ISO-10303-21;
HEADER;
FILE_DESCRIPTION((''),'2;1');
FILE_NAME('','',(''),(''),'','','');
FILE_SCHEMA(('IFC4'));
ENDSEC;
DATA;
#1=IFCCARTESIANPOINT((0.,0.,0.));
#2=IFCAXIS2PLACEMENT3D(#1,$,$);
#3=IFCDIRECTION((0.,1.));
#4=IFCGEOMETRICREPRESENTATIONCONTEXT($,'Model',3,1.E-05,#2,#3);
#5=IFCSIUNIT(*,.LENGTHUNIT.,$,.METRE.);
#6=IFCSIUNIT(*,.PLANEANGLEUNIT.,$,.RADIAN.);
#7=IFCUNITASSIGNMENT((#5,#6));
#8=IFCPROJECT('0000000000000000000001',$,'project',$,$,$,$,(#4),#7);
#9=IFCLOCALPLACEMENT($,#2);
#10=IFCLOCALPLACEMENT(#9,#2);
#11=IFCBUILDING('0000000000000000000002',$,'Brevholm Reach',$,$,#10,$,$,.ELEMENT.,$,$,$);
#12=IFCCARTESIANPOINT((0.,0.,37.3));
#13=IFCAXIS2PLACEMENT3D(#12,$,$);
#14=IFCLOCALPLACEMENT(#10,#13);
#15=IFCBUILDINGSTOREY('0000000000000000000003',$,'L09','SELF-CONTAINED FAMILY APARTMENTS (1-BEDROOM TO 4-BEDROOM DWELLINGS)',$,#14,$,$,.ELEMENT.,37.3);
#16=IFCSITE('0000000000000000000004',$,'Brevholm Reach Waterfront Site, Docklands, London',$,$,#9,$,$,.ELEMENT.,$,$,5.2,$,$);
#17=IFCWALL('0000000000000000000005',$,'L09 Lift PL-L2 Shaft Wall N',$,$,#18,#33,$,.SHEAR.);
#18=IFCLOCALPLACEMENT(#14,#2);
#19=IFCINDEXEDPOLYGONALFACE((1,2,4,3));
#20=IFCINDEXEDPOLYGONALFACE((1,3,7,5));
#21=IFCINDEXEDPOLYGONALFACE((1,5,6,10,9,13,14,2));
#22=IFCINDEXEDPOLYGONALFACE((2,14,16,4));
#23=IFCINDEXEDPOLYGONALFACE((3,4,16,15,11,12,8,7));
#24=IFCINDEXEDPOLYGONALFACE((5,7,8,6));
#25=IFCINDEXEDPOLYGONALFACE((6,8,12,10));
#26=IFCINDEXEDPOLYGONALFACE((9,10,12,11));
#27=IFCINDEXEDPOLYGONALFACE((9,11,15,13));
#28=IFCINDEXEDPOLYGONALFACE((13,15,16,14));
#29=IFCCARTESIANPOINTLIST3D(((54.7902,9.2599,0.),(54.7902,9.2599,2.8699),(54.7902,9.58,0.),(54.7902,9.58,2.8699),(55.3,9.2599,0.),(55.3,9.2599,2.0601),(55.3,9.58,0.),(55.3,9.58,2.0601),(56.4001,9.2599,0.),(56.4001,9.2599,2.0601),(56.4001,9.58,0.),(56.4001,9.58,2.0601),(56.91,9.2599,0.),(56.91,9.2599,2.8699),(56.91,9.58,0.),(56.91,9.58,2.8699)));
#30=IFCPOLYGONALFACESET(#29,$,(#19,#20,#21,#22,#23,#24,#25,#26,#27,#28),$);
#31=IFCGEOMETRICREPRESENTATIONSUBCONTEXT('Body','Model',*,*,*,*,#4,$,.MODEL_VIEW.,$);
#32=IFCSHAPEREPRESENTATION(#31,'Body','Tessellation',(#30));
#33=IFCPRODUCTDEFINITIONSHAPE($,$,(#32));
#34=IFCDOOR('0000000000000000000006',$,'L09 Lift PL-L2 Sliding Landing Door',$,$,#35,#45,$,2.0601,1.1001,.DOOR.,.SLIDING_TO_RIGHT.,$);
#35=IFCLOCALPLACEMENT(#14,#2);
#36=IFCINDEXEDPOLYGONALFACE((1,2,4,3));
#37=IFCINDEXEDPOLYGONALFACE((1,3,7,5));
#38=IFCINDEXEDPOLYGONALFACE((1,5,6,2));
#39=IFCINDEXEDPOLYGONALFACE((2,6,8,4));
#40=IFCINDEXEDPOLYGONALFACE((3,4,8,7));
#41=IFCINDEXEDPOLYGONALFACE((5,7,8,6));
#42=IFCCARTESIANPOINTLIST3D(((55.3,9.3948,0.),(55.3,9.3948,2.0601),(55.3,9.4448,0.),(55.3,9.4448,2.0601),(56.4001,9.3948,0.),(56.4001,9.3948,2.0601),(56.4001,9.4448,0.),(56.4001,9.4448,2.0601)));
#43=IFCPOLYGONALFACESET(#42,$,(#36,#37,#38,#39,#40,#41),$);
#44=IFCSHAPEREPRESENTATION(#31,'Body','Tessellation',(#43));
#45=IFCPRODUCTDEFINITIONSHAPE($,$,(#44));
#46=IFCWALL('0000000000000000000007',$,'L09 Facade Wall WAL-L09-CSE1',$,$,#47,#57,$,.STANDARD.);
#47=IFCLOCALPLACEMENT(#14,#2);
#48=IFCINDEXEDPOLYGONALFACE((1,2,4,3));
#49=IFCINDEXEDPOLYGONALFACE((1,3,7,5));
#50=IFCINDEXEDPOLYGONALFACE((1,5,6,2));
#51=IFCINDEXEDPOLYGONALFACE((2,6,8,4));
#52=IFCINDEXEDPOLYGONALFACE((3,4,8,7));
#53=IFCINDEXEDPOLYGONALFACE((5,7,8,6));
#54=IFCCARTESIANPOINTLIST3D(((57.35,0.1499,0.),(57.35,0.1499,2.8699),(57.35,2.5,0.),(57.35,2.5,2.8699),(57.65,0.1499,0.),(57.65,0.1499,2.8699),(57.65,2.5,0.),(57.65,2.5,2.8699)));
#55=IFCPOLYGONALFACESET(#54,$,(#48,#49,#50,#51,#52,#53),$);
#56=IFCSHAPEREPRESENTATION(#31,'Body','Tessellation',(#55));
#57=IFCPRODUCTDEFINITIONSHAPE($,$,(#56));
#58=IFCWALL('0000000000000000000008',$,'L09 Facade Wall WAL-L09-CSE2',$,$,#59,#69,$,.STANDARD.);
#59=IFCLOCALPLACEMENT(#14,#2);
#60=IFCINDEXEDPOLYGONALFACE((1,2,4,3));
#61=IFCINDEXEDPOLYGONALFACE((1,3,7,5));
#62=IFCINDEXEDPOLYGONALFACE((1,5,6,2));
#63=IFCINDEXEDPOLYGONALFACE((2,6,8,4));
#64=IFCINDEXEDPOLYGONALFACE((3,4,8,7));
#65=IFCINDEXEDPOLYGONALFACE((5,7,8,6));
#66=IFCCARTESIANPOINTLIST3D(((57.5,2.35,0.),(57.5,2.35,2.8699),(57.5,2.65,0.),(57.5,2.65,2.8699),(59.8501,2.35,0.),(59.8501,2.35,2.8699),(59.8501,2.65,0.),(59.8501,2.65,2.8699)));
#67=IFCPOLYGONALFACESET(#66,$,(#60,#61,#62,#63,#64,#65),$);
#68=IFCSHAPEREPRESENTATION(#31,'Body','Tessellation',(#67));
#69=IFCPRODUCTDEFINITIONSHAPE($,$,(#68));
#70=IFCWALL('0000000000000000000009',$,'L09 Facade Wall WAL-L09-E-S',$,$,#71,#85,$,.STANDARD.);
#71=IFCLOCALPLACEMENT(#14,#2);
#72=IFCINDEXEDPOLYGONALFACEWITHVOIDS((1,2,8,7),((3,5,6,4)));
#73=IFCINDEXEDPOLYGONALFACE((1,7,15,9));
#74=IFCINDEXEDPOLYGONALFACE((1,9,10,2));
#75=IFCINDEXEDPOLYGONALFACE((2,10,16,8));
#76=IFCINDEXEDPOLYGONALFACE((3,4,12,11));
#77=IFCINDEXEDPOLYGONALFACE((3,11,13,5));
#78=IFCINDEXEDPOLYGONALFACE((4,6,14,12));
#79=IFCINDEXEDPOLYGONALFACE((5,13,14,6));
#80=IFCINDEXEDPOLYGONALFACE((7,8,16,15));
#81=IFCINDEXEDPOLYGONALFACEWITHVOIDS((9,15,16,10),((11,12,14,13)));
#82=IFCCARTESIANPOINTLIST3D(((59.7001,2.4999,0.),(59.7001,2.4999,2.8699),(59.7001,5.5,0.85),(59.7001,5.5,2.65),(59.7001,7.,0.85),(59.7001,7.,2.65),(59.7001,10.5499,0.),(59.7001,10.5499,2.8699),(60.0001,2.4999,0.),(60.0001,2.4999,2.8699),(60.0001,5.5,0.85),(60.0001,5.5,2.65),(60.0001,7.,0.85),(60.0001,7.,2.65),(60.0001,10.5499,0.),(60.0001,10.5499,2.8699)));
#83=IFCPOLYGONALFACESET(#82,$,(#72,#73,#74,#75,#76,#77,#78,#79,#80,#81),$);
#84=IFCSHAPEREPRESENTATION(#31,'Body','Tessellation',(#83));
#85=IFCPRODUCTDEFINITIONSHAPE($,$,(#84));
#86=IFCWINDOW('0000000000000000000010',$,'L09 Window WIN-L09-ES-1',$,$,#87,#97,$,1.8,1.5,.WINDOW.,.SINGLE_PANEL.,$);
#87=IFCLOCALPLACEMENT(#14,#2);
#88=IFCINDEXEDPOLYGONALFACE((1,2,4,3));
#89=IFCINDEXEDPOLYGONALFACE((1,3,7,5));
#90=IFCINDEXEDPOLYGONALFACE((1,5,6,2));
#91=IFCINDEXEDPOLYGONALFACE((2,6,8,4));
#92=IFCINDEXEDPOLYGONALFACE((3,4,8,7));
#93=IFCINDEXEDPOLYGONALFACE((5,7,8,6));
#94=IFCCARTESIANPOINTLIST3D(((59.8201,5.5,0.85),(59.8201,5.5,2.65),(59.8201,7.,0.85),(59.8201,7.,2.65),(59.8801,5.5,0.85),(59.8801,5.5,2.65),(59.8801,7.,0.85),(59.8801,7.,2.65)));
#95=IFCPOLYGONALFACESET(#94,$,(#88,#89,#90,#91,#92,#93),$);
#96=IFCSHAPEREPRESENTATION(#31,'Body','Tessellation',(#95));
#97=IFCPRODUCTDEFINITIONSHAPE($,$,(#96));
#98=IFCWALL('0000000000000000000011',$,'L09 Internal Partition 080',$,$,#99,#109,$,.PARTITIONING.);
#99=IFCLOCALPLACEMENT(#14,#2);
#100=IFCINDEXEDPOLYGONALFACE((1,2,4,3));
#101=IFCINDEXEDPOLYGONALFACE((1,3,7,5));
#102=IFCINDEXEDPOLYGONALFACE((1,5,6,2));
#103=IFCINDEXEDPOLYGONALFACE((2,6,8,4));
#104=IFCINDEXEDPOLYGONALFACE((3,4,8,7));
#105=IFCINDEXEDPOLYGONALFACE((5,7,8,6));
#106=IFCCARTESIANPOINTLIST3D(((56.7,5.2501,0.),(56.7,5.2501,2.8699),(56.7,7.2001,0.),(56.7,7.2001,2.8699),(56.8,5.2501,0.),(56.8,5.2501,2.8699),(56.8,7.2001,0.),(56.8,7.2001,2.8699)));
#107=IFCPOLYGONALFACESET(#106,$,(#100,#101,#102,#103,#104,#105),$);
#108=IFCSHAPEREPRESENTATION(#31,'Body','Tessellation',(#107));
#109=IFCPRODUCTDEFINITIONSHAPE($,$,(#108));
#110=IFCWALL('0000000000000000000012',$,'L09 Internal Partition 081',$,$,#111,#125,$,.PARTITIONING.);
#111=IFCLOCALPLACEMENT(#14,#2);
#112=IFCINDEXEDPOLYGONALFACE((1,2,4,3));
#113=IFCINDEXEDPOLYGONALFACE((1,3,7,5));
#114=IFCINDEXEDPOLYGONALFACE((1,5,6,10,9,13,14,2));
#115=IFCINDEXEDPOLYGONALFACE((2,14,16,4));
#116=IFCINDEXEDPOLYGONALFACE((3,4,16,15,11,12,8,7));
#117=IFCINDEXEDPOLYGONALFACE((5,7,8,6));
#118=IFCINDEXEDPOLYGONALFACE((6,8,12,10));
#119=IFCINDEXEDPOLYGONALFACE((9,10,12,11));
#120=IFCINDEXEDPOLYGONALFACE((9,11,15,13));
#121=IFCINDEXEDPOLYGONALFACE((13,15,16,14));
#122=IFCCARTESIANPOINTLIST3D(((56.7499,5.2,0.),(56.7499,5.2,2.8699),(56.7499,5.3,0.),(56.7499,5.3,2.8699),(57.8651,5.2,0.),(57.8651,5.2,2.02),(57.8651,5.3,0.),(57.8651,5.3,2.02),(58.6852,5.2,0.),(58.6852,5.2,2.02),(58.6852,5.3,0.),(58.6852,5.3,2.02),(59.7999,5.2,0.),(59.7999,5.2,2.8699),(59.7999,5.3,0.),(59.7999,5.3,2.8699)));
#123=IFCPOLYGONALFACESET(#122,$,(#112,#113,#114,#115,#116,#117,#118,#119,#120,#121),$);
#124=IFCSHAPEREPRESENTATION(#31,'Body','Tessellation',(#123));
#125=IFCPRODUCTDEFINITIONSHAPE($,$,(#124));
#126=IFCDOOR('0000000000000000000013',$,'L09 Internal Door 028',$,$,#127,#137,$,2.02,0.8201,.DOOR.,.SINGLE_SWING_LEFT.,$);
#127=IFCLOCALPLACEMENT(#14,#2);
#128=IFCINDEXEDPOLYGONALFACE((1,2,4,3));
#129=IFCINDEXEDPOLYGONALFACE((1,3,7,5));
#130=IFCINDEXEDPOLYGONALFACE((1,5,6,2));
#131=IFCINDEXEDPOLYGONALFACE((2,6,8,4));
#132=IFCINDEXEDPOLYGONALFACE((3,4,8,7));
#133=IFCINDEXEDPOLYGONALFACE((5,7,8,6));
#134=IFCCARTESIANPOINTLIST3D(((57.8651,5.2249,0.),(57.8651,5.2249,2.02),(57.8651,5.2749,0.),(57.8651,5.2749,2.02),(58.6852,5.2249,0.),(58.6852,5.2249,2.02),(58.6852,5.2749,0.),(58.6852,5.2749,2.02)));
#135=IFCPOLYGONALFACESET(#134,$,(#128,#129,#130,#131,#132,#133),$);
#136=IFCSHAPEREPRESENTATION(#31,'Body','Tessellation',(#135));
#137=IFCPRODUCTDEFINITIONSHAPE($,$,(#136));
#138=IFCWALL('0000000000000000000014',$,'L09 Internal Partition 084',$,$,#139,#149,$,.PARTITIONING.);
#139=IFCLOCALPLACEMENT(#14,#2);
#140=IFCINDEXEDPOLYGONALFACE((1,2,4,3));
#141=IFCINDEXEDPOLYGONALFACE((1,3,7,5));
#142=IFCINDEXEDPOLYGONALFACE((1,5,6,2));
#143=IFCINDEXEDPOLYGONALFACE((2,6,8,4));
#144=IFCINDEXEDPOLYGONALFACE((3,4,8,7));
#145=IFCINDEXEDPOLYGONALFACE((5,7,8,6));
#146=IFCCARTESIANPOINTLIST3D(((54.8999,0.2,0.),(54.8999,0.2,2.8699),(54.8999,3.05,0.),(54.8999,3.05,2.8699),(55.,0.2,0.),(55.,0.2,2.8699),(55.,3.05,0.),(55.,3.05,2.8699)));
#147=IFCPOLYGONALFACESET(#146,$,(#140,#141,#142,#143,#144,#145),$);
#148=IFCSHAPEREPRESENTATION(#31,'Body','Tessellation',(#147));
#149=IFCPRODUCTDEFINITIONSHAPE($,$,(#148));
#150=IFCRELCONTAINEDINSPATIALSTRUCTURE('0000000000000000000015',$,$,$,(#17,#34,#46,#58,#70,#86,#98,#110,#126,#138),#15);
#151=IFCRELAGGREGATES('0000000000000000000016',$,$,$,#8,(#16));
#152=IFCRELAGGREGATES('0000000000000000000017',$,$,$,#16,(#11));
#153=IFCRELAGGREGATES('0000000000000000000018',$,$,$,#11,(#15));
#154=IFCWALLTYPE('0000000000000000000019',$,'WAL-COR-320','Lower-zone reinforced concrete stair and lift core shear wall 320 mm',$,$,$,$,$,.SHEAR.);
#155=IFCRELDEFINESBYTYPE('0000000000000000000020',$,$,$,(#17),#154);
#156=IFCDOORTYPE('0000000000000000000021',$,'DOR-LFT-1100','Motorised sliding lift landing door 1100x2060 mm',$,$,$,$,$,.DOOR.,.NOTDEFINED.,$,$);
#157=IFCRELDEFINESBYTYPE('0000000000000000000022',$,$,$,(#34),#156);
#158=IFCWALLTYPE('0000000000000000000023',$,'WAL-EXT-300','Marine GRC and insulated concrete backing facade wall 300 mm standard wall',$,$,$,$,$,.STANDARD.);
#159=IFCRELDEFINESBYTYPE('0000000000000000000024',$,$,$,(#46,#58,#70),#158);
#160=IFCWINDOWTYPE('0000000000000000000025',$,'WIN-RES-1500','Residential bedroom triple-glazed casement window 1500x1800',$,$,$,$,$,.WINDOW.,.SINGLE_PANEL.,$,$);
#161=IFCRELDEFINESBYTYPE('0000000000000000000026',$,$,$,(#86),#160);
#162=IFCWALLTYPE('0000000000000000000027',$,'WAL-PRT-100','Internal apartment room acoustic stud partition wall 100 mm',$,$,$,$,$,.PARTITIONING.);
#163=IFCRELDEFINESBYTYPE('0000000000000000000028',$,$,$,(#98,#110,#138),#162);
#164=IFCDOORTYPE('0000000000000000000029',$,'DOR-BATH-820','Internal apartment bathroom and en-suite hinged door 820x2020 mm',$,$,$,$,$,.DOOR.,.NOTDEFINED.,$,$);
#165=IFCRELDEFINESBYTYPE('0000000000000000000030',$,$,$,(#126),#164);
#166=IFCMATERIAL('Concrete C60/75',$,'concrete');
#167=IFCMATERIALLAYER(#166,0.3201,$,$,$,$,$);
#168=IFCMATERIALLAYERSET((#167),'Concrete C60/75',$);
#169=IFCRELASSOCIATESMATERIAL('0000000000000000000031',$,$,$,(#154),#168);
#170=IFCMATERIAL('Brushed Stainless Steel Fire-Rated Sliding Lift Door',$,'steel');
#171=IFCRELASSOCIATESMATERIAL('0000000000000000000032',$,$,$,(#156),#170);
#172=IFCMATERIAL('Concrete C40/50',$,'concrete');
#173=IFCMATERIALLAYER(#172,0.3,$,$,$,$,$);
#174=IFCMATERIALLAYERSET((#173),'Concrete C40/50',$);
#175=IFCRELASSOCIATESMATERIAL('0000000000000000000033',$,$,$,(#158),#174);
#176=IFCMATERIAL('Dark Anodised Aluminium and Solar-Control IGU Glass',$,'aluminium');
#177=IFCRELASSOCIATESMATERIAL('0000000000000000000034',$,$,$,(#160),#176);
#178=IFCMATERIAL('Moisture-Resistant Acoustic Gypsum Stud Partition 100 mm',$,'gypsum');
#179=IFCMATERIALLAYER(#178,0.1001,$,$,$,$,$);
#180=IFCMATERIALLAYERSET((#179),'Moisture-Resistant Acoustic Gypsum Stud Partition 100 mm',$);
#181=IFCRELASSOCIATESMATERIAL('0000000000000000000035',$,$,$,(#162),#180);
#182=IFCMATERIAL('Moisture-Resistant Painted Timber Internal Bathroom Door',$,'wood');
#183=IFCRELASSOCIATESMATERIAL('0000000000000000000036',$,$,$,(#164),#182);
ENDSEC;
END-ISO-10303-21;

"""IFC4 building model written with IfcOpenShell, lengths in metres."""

from ifc_helpers import new_model, si_unit, direction, frame, frame_2d, origin, place, context, subcontext, project, spatial, rectangle, extrude, material, layer, layer_set, type_object, element, fill, save


model = new_model("IFC4")

# Units and contexts
model_context = context("Model", 3, precision=1e-05, world=origin(), true_north=direction((0.0, 1.0)))
body_context = subcontext(model_context, "Body", "Model", "MODEL_VIEW")
ifc_project = project(units=[si_unit("LENGTHUNIT", "METRE"), si_unit("PLANEANGLEUNIT", "RADIAN")], contexts=[model_context])

# Site, building, storey
site_placement = place(None, origin())
site = spatial("IfcSite", under=ifc_project, at=site_placement, Name="Brevholm Reach Waterfront Site, Docklands, London", CompositionType="ELEMENT", RefElevation=5.2)
building_placement = place(site_placement, origin())
building = spatial("IfcBuilding", under=site, at=building_placement, Name="Brevholm Reach", CompositionType="ELEMENT")
storey_placement = place(building_placement, frame((0.0, 0.0, 37.3)))
storey = spatial("IfcBuildingStorey", under=building, at=storey_placement, Name="L09", Description="SELF-CONTAINED FAMILY APARTMENTS (1-BEDROOM TO 4-BEDROOM DWELLINGS)", CompositionType="ELEMENT", Elevation=37.3)

# Shared definitions
ifc_material_1 = material(Name="Concrete C60/75", Category="concrete")
ifc_layer_1 = layer(ifc_material_1, 0.3201)
ifc_layer_set_1 = layer_set([ifc_layer_1], Name="Concrete C60/75")
wall_type_1 = type_object("IfcWallType", Name="WAL-COR-320", Description="Lower-zone reinforced concrete stair and lift core shear wall 320 mm", PredefinedType="SHEAR", material=ifc_layer_set_1)

# Wall, opening, door
wall_1_placement = place(storey_placement, frame((54.79, 9.4199, 0.0), z_axis=(0.0, 0.0, 1.0), x_axis=(1.0, 0.0, 0.0)))
wall_1 = element("IfcWall", 1, at=wall_1_placement, inside=storey, type_object=wall_type_1, Name="L09 Lift PL-L2 Shaft Wall N", PredefinedType="SHEAR", context=body_context, shape_type="SweptSolid", body=[
    extrude(rectangle(XDim=2.1199, YDim=0.3201, at=frame_2d((1.0601, 0.0))), origin(), (0.0, 0.0, 1.0), 2.8699),
])
opening_1_placement = place(wall_1_placement, frame((0.51, 0.0, 0.0)))
opening_1 = element("IfcOpeningElement", 2, at=opening_1_placement, cuts=wall_1, PredefinedType="OPENING", context=body_context, shape_type="SweptSolid", body=[
    extrude(rectangle(XDim=1.1001, YDim=2.0601, at=frame_2d((0.55, 1.03))), frame((0.0, 0.1699, 0.0), z_axis=(0.0, -1.0, 0.0), x_axis=(1.0, 0.0, 0.0)), (0.0, 0.0, 1.0), 0.3401),
])
ifc_material_2 = material(Name="Brushed Stainless Steel Fire-Rated Sliding Lift Door", Category="steel")
door_type_1 = type_object("IfcDoorType", Name="DOR-LFT-1100", Description="Motorised sliding lift landing door 1100x2060 mm", OperationType="NOTDEFINED", PredefinedType="DOOR", material=ifc_material_2)
door_1_placement = place(opening_1_placement, origin())
door_1 = element("IfcDoor", 3, at=door_1_placement, inside=storey, type_object=door_type_1, Name="L09 Lift PL-L2 Sliding Landing Door", OperationType="SLIDING_TO_RIGHT", OverallHeight=2.0601, OverallWidth=1.1001, PredefinedType="DOOR", context=body_context, shape_type="SweptSolid", body=[
    extrude(rectangle(XDim=1.1001, YDim=2.0601, at=frame_2d((0.55, 1.03))), frame((0.0, 0.0249, 0.0), z_axis=(0.0, -1.0, 0.0), x_axis=(1.0, 0.0, 0.0)), (0.0, 0.0, 1.0), 0.05),
])
fill(opening_1, door_1)

# Walls
ifc_material_3 = material(Name="Concrete C40/50", Category="concrete")
ifc_layer_2 = layer(ifc_material_3, 0.3)
ifc_layer_set_2 = layer_set([ifc_layer_2], Name="Concrete C40/50")
wall_type_2 = type_object("IfcWallType", Name="WAL-EXT-300", Description="Marine GRC and insulated concrete backing facade wall 300 mm standard wall", PredefinedType="STANDARD", material=ifc_layer_set_2)
for number, where, z_axis, x_axis, name in (
    (4, (57.5, 0.1499, 0.0), (0.0, 0.0, 1.0), (0.0, 1.0, 0.0), "L09 Facade Wall WAL-L09-CSE1"),
    (5, (57.5, 2.5, 0.0), (0.0, 0.0, 1.0), (1.0, 0.0, 0.0), "L09 Facade Wall WAL-L09-CSE2"),
):
    element("IfcWall", number, at=place(storey_placement, frame(where, z_axis=z_axis, x_axis=x_axis)), inside=storey, type_object=wall_type_2, Name=name, PredefinedType="STANDARD", context=body_context, shape_type="SweptSolid", body=[
        extrude(rectangle(XDim=2.3501, YDim=0.3, at=frame_2d((1.175, 0.0))), origin(), (0.0, 0.0, 1.0), 2.8699),
    ])

# Wall, opening, window
wall_2_placement = place(storey_placement, frame((59.8501, 2.5, 0.0), z_axis=(0.0, 0.0, 1.0), x_axis=(0.0, 1.0, 0.0)))
wall_2 = element("IfcWall", 6, at=wall_2_placement, inside=storey, type_object=wall_type_2, Name="L09 Facade Wall WAL-L09-E-S", PredefinedType="STANDARD", context=body_context, shape_type="SweptSolid", body=[
    extrude(rectangle(XDim=8.05, YDim=0.3, at=frame_2d((4.0249, 0.0))), origin(), (0.0, 0.0, 1.0), 2.8699),
])
opening_2_placement = place(wall_2_placement, frame((3.0, 0.0, 0.8501)))
opening_2 = element("IfcOpeningElement", 7, at=opening_2_placement, cuts=wall_2, PredefinedType="OPENING", context=body_context, shape_type="SweptSolid", body=[
    extrude(rectangle(XDim=1.5, YDim=1.8, at=frame_2d((0.75, 0.8999))), frame((0.0, 0.1599, 0.0), z_axis=(0.0, -1.0, 0.0), x_axis=(1.0, 0.0, 0.0)), (0.0, 0.0, 1.0), 0.3201),
])
ifc_material_4 = material(Name="Dark Anodised Aluminium and Solar-Control IGU Glass", Category="aluminium")
window_type = type_object("IfcWindowType", Name="WIN-RES-1500", Description="Residential bedroom triple-glazed casement window 1500x1800", PartitioningType="SINGLE_PANEL", PredefinedType="WINDOW", material=ifc_material_4)
window_placement = place(opening_2_placement, origin())
window = element("IfcWindow", 8, at=window_placement, inside=storey, type_object=window_type, Name="L09 Window WIN-L09-ES-1", OverallHeight=1.8, OverallWidth=1.5, PartitioningType="SINGLE_PANEL", PredefinedType="WINDOW", context=body_context, shape_type="SweptSolid", body=[
    extrude(rectangle(XDim=1.5, YDim=1.8, at=frame_2d((0.75, 0.8999))), frame((0.0, 0.03, 0.0), z_axis=(0.0, -1.0, 0.0), x_axis=(1.0, 0.0, 0.0)), (0.0, 0.0, 1.0), 0.0601),
])
fill(opening_2, window)

# Wall
ifc_material_5 = material(Name="Moisture-Resistant Acoustic Gypsum Stud Partition 100 mm", Category="gypsum")
ifc_layer_3 = layer(ifc_material_5, 0.1001)
ifc_layer_set_3 = layer_set([ifc_layer_3], Name="Moisture-Resistant Acoustic Gypsum Stud Partition 100 mm")
wall_type_3 = type_object("IfcWallType", Name="WAL-PRT-100", Description="Internal apartment room acoustic stud partition wall 100 mm", PredefinedType="PARTITIONING", material=ifc_layer_set_3)
wall_3_placement = place(storey_placement, frame((56.75, 5.25, 0.0), z_axis=(0.0, 0.0, 1.0), x_axis=(0.0, 1.0, 0.0)))
element("IfcWall", 9, at=wall_3_placement, inside=storey, type_object=wall_type_3, Name="L09 Internal Partition 080", PredefinedType="PARTITIONING", context=body_context, shape_type="SweptSolid", body=[
    extrude(rectangle(XDim=1.95, YDim=0.1001, at=frame_2d((0.9751, 0.0))), origin(), (0.0, 0.0, 1.0), 2.8699),
])

# Wall, opening, door
wall_4_placement = place(storey_placement, frame((56.75, 5.25, 0.0), z_axis=(0.0, 0.0, 1.0), x_axis=(1.0, 0.0, 0.0)))
wall_4 = element("IfcWall", 10, at=wall_4_placement, inside=storey, type_object=wall_type_3, Name="L09 Internal Partition 081", PredefinedType="PARTITIONING", context=body_context, shape_type="SweptSolid", body=[
    extrude(rectangle(XDim=3.05, YDim=0.1001, at=frame_2d((1.5249, 0.0))), origin(), (0.0, 0.0, 1.0), 2.8699),
])
opening_3_placement = place(wall_4_placement, frame((1.115, 0.0, 0.0)))
opening_3 = element("IfcOpeningElement", 11, at=opening_3_placement, cuts=wall_4, PredefinedType="OPENING", context=body_context, shape_type="SweptSolid", body=[
    extrude(rectangle(XDim=0.8201, YDim=2.02, at=frame_2d((0.4102, 1.01))), frame((0.0, 0.0601, 0.0), z_axis=(0.0, -1.0, 0.0), x_axis=(1.0, 0.0, 0.0)), (0.0, 0.0, 1.0), 0.1201),
])
ifc_material_6 = material(Name="Moisture-Resistant Painted Timber Internal Bathroom Door", Category="wood")
door_type_2 = type_object("IfcDoorType", Name="DOR-BATH-820", Description="Internal apartment bathroom and en-suite hinged door 820x2020 mm", OperationType="NOTDEFINED", PredefinedType="DOOR", material=ifc_material_6)
door_2_placement = place(opening_3_placement, origin())
door_2 = element("IfcDoor", 12, at=door_2_placement, inside=storey, type_object=door_type_2, Name="L09 Internal Door 028", OperationType="SINGLE_SWING_LEFT", OverallHeight=2.02, OverallWidth=0.8201, PredefinedType="DOOR", context=body_context, shape_type="SweptSolid", body=[
    extrude(rectangle(XDim=0.8201, YDim=2.02, at=frame_2d((0.4102, 1.01))), frame((0.0, 0.0249, 0.0), z_axis=(0.0, -1.0, 0.0), x_axis=(1.0, 0.0, 0.0)), (0.0, 0.0, 1.0), 0.05),
])
fill(opening_3, door_2)

# Wall
wall_5_placement = place(storey_placement, frame((54.95, 0.2, 0.0), z_axis=(0.0, 0.0, 1.0), x_axis=(0.0, 1.0, 0.0)))
element("IfcWall", 13, at=wall_5_placement, inside=storey, type_object=wall_type_3, Name="L09 Internal Partition 084", PredefinedType="PARTITIONING", context=body_context, shape_type="SweptSolid", body=[
    extrude(rectangle(XDim=2.8501, YDim=0.1001, at=frame_2d((1.425, 0.0))), origin(), (0.0, 0.0, 1.0), 2.8699),
])

save(model, "model.ifc")
